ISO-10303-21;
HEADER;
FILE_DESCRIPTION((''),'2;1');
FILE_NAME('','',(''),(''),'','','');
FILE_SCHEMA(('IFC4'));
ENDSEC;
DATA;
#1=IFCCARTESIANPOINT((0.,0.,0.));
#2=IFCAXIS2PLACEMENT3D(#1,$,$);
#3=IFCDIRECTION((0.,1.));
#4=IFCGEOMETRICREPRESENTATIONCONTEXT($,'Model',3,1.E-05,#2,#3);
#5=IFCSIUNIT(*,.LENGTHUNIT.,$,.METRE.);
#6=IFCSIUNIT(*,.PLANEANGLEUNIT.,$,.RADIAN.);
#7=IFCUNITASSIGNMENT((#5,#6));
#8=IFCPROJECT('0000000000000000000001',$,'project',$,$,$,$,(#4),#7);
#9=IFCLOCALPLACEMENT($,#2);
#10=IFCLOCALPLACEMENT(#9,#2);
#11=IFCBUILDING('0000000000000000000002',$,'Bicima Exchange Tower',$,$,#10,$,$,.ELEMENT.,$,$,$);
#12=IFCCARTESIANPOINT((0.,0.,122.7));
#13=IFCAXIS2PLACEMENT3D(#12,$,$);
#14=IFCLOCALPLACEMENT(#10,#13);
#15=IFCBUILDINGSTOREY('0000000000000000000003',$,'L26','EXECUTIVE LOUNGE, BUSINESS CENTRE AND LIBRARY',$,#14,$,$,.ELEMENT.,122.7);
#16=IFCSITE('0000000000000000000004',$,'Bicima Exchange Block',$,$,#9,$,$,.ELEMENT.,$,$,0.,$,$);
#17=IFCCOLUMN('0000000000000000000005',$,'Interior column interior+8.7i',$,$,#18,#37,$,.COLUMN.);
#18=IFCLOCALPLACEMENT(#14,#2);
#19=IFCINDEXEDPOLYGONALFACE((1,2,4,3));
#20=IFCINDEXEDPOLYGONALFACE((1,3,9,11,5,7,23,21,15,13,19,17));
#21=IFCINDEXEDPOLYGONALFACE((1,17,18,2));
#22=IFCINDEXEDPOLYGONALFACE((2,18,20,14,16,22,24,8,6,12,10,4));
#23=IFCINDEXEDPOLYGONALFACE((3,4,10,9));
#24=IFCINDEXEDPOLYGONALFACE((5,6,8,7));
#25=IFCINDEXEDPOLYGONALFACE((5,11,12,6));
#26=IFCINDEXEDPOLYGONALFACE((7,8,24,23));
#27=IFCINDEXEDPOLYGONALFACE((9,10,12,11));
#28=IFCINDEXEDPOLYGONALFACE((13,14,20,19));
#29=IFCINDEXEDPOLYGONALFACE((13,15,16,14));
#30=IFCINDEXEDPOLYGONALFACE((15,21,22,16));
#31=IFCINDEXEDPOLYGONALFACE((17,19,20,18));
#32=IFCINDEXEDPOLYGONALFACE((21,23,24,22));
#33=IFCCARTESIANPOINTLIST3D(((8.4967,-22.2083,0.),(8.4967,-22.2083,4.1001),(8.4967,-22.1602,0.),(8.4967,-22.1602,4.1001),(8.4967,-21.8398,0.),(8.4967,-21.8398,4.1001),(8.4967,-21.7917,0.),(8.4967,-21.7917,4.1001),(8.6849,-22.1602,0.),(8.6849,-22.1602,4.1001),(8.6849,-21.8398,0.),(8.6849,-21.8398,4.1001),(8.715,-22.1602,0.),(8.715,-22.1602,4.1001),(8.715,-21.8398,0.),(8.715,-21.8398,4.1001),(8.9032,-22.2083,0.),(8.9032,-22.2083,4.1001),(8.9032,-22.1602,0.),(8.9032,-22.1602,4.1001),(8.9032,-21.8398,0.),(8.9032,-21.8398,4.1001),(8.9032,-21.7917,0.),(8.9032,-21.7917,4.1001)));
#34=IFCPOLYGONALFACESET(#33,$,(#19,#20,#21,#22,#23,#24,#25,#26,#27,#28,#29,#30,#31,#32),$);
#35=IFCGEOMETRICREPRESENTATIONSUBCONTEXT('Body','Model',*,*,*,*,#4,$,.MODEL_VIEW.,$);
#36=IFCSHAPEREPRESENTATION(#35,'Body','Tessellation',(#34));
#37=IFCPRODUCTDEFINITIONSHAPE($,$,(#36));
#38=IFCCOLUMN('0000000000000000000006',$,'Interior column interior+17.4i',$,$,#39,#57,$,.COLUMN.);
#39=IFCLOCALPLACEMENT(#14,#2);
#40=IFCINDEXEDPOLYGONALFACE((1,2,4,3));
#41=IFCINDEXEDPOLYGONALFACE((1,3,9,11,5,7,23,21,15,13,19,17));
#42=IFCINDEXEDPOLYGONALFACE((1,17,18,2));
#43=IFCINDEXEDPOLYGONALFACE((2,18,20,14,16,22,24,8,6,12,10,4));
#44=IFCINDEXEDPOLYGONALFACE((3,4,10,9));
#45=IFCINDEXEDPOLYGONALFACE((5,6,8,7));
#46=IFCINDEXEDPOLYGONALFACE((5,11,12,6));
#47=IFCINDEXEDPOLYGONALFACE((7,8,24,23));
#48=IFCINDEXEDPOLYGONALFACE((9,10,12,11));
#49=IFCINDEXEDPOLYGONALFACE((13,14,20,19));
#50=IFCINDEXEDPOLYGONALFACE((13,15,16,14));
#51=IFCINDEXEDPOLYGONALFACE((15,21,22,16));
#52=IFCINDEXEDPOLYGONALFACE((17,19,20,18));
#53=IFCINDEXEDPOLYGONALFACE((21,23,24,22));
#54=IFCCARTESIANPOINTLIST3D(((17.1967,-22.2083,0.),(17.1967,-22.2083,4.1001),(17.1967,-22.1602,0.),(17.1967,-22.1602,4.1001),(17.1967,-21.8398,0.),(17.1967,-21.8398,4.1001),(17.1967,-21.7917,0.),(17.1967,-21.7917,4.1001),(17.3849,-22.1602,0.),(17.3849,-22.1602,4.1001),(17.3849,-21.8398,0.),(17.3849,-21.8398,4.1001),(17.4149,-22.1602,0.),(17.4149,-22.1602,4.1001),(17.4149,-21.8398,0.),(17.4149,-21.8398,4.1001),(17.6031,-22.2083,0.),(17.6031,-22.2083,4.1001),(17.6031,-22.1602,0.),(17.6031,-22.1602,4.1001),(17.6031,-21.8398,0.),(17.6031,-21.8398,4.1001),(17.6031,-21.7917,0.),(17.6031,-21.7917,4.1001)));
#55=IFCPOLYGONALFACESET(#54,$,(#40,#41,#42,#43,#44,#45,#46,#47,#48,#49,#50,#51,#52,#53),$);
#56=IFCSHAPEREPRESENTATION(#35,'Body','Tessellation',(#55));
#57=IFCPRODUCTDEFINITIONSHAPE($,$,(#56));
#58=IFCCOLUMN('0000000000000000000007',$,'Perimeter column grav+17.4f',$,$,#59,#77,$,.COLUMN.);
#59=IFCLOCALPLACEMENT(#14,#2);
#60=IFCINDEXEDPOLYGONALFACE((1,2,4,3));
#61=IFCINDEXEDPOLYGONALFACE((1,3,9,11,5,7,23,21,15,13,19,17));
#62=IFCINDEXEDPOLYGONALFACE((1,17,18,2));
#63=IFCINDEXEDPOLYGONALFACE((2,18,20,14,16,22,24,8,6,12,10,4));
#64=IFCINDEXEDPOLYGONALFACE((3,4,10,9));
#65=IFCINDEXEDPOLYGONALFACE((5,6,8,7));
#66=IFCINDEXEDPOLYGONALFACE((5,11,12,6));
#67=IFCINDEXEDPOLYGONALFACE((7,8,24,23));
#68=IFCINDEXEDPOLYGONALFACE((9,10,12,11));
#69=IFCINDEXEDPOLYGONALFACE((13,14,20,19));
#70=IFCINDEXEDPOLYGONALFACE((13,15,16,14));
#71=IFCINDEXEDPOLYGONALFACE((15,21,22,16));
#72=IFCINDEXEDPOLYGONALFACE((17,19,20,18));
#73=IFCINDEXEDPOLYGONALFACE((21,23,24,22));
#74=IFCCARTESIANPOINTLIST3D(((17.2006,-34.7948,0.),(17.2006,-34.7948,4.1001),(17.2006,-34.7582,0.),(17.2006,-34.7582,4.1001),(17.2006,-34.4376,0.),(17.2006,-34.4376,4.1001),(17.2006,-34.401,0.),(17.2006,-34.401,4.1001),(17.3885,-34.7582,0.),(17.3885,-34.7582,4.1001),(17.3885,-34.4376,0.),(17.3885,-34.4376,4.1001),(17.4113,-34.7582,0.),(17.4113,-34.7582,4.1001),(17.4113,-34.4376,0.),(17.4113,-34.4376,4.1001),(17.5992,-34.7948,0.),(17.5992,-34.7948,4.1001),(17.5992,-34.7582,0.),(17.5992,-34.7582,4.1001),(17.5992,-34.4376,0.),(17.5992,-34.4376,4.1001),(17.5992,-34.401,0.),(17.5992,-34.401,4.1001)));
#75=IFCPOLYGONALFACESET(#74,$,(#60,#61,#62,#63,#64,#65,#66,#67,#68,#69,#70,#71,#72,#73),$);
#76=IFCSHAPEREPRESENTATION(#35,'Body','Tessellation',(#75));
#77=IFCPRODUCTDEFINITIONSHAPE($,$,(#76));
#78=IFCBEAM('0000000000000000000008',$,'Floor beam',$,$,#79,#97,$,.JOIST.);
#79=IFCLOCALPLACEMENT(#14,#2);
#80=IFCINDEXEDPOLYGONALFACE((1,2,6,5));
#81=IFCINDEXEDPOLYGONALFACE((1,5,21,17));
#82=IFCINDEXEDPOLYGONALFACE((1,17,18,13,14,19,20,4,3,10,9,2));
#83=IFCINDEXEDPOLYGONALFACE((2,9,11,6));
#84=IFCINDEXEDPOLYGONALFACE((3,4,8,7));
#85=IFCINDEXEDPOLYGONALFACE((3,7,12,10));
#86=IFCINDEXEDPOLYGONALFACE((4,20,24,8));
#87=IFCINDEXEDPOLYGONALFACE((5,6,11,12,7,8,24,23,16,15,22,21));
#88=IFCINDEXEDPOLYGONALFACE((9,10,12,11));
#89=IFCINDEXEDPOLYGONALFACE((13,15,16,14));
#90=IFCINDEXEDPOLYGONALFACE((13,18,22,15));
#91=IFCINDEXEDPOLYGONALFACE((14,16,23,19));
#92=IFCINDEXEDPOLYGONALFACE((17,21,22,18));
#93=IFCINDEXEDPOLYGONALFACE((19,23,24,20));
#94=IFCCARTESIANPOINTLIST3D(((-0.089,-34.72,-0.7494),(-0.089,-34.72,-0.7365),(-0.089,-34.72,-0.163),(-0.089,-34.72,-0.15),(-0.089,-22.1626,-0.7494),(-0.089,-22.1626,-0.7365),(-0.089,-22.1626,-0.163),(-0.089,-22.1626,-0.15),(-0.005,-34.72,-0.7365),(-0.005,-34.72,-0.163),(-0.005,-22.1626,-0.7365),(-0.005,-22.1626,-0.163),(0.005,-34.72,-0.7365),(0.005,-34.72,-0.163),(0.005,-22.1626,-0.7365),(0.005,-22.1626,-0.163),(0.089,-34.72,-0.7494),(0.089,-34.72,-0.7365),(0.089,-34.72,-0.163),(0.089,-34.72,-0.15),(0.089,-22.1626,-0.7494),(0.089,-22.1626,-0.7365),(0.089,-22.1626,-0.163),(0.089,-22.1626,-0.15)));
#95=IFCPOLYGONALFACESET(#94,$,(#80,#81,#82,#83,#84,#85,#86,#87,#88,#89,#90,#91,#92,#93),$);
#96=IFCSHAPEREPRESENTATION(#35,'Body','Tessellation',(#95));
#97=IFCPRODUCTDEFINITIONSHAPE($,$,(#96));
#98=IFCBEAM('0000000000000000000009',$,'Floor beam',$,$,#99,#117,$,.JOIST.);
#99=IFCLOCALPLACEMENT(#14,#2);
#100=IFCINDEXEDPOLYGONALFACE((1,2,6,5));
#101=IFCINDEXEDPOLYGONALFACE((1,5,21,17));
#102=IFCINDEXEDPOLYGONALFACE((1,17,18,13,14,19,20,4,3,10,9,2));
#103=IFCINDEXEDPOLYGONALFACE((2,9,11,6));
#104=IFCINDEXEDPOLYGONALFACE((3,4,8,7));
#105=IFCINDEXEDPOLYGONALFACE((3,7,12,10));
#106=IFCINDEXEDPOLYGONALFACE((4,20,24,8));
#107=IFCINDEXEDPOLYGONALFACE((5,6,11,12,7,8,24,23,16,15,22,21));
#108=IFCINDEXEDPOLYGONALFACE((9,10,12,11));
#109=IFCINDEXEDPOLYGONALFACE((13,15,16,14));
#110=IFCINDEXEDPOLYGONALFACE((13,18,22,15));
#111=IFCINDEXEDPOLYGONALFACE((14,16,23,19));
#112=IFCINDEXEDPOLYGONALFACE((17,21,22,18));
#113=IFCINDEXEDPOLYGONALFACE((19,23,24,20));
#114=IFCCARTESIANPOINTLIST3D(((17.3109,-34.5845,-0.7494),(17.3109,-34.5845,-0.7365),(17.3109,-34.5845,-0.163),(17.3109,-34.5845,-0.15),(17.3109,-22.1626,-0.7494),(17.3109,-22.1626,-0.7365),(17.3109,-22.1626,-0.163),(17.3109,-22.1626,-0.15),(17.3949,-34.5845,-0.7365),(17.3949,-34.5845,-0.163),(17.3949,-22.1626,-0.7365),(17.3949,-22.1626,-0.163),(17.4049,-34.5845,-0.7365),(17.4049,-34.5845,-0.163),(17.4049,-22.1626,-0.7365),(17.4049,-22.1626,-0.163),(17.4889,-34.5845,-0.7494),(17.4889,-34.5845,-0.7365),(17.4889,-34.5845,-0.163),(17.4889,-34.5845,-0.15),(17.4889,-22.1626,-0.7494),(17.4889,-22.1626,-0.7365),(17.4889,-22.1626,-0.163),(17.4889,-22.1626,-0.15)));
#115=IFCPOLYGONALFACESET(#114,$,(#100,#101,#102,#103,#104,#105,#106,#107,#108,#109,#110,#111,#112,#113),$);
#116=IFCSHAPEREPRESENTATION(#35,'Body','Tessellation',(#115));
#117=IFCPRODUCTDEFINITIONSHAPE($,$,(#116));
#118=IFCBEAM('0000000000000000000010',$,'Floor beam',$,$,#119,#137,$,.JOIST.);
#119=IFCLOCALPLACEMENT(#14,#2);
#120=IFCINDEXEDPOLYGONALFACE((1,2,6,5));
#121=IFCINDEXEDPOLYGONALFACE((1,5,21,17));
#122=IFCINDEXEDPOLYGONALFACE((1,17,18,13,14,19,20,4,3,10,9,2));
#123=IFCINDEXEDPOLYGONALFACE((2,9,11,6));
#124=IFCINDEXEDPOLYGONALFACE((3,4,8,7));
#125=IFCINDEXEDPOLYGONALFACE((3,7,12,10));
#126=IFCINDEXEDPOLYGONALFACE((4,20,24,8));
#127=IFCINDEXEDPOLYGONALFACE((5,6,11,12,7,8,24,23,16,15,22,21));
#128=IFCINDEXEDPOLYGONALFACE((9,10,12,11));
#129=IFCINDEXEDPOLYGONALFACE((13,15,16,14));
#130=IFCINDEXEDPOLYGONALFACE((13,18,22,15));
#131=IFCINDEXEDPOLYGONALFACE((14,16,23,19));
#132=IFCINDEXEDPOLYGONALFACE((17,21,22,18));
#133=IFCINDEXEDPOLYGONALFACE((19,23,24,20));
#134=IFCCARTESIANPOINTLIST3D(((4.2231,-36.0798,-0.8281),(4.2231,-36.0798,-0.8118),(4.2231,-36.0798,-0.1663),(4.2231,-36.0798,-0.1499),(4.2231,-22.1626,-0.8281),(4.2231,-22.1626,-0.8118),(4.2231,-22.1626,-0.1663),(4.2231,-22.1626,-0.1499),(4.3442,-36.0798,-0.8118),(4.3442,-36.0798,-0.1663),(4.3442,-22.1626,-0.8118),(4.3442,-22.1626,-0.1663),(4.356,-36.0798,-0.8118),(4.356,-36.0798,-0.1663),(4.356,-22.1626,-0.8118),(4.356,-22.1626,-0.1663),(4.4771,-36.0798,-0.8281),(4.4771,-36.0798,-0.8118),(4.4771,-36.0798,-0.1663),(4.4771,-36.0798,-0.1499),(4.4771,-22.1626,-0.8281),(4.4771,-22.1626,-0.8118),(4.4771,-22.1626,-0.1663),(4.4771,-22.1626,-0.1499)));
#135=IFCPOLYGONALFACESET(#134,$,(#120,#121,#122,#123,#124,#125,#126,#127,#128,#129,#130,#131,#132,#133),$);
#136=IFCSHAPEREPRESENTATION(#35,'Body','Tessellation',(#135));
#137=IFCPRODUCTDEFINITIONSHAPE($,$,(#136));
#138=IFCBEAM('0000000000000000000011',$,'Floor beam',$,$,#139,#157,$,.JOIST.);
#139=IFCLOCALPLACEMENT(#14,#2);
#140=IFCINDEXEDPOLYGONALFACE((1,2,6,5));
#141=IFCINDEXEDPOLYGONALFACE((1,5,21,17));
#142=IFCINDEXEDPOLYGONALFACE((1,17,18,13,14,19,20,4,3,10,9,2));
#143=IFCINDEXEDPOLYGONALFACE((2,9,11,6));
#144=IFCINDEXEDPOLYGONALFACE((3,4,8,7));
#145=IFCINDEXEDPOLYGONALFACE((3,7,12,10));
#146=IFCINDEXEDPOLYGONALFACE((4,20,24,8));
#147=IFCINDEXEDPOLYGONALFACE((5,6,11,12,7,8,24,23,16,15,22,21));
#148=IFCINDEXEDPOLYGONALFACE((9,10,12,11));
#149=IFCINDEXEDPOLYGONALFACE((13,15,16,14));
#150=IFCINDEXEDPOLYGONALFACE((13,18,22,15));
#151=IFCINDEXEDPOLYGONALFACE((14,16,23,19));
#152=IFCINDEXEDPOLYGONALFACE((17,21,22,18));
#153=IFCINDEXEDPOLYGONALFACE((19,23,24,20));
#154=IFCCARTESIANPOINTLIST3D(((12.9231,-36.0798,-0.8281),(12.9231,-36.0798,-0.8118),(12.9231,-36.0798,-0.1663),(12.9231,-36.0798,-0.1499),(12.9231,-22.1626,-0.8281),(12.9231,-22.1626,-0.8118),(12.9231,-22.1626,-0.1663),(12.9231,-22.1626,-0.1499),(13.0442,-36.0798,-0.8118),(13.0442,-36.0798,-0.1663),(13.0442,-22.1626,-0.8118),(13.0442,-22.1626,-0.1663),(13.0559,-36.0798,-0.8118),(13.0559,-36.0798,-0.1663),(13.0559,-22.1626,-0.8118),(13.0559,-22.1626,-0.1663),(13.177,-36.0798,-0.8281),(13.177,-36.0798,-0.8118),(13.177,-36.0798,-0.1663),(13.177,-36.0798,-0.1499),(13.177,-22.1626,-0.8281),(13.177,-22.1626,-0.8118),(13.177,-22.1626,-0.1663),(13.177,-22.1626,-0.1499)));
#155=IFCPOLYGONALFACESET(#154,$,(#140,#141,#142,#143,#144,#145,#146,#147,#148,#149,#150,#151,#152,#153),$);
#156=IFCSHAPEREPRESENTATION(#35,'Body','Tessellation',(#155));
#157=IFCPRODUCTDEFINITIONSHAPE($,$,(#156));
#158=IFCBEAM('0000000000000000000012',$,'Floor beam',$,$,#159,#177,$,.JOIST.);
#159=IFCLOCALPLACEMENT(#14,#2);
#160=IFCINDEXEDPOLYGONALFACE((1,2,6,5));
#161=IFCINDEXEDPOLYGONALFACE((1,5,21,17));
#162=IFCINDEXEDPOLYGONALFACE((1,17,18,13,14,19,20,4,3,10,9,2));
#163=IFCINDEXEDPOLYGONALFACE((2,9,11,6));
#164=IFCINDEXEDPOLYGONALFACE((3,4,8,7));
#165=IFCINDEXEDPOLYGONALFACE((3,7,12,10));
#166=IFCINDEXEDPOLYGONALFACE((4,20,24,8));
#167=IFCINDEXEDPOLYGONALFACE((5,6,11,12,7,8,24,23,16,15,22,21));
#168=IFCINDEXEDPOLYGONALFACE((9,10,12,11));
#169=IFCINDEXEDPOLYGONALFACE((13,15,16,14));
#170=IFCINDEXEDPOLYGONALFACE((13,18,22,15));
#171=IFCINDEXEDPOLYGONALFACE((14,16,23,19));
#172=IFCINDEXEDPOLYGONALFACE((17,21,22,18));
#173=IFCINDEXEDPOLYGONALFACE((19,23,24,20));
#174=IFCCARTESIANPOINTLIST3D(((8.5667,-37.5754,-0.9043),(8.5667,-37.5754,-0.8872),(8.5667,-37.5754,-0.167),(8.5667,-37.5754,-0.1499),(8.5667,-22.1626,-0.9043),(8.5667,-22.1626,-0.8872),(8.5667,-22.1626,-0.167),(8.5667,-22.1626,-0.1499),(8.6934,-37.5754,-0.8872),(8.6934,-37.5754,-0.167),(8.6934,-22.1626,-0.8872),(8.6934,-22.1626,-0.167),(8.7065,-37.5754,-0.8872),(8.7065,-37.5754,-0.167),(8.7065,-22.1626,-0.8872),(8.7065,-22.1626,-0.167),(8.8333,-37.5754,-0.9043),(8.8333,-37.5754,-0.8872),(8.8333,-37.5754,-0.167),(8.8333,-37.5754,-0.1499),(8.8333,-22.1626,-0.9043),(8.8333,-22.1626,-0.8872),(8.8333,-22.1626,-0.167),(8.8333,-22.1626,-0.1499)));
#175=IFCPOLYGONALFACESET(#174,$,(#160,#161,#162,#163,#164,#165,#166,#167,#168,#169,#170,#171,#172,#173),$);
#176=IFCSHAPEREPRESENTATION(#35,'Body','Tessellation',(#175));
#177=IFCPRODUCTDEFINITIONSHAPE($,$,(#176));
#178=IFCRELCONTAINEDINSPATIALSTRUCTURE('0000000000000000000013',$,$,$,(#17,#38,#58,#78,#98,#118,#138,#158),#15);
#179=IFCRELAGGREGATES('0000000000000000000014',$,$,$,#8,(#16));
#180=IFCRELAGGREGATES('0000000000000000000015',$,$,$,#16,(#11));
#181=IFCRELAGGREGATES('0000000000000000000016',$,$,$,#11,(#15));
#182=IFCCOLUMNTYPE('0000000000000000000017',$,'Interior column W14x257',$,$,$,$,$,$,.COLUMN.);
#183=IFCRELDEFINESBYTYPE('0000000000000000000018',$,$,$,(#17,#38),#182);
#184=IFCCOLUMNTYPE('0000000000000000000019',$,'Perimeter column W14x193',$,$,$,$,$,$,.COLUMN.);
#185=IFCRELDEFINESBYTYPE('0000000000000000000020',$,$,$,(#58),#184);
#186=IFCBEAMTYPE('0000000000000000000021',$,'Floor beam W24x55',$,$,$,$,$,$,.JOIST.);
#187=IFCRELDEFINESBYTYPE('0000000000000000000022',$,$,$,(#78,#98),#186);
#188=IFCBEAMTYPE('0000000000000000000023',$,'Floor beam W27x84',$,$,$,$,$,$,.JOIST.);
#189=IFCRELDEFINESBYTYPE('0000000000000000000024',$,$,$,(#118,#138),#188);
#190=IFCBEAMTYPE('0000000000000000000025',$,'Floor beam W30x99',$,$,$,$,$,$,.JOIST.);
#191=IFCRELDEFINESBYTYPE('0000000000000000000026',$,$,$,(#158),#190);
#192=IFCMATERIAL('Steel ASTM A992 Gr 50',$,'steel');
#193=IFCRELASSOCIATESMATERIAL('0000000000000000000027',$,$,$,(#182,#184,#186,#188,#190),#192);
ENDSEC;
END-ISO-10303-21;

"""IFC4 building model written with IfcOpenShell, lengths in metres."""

from ifc_helpers import new_model, si_unit, direction, frame, origin, origin_2d, place, context, subcontext, project, spatial, i_section, extrude, material, material_profile, profile_set, type_object, element, save


model = new_model("IFC4")

# Units and contexts
model_context = context("Model", 3, precision=1e-05, world=origin(), true_north=direction((0.0, 1.0)))
body_context = subcontext(model_context, "Body", "Model", "MODEL_VIEW")
ifc_project = project(units=[si_unit("LENGTHUNIT", "METRE"), si_unit("PLANEANGLEUNIT", "RADIAN")], contexts=[model_context])

# Site, building, storey
site_placement = place(None, origin())
site = spatial("IfcSite", under=ifc_project, at=site_placement, Name="Bicima Exchange Block", CompositionType="ELEMENT", RefElevation=0.0)
building_placement = place(site_placement, origin())
building = spatial("IfcBuilding", under=site, at=building_placement, Name="Bicima Exchange Tower", CompositionType="ELEMENT")
storey_placement = place(building_placement, frame((0.0, 0.0, 122.7)))
storey = spatial("IfcBuildingStorey", under=building, at=storey_placement, Name="L26", Description="EXECUTIVE LOUNGE, BUSINESS CENTRE AND LIBRARY", CompositionType="ELEMENT", Elevation=122.7)

# Columns
ifc_material_1 = material(Name="Steel ASTM A992 Gr 50", Category="steel")
ifc_material_profile_1 = material_profile(ifc_material_1, i_section(OverallWidth=0.4065, OverallDepth=0.4165, WebThickness=0.03, FlangeThickness=0.0481, at=origin_2d()))
ifc_profile_set_1 = profile_set([ifc_material_profile_1], Name="Steel ASTM A992 Gr 50")
column_type_1 = type_object("IfcColumnType", Name="Interior column W14x257", PredefinedType="COLUMN", material=ifc_profile_set_1)
for number, where, z_axis, x_axis, name in (
    (1, (8.7, -22.0, 0.0), (0.0, 0.0, 1.0), (1.0, 0.0, 0.0), "Interior column interior+8.7i"),
    (2, (17.3999, -22.0, 0.0), (0.0, 0.0, 1.0), (1.0, 0.0, 0.0), "Interior column interior+17.4i"),
):
    element("IfcColumn", number, at=place(storey_placement, frame(where, z_axis=z_axis, x_axis=x_axis)), inside=storey, type_object=column_type_1, Name=name, PredefinedType="COLUMN", context=body_context, shape_type="SweptSolid", body=[
        extrude(i_section(OverallWidth=0.4065, OverallDepth=0.4165, WebThickness=0.03, FlangeThickness=0.0481, at=origin_2d()), origin(), (0.0, 0.0, 1.0), 4.1001),
    ])
ifc_material_profile_2 = material_profile(ifc_material_1, i_section(OverallWidth=0.3987, OverallDepth=0.3938, WebThickness=0.0227, FlangeThickness=0.0366, at=origin_2d()))
ifc_profile_set_2 = profile_set([ifc_material_profile_2], Name="Steel ASTM A992 Gr 50")
column_type_2 = type_object("IfcColumnType", Name="Perimeter column W14x193", PredefinedType="COLUMN", material=ifc_profile_set_2)
column_placement = place(storey_placement, frame((17.3999, -34.5979, 0.0), z_axis=(0.0, 0.0, 1.0), x_axis=(1.0, 0.0, 0.0)))
element("IfcColumn", 3, at=column_placement, inside=storey, type_object=column_type_2, Name="Perimeter column grav+17.4f", PredefinedType="COLUMN", context=body_context, shape_type="SweptSolid", body=[
    extrude(i_section(OverallWidth=0.3987, OverallDepth=0.3938, WebThickness=0.0227, FlangeThickness=0.0366, at=origin_2d()), origin(), (0.0, 0.0, 1.0), 4.1001),
])

# Beams
ifc_material_profile_3 = material_profile(ifc_material_1, i_section(OverallWidth=0.178, OverallDepth=0.5994, WebThickness=0.01, FlangeThickness=0.0129, at=origin_2d()))
ifc_profile_set_3 = profile_set([ifc_material_profile_3], Name="Steel ASTM A992 Gr 50")
beam_type_1 = type_object("IfcBeamType", Name="Floor beam W24x55", PredefinedType="JOIST", material=ifc_profile_set_3)
beam_1_placement = place(storey_placement, frame((0.0, -22.1626, -0.4497), z_axis=(0.0, -1.0, 0.0), x_axis=(1.0, 0.0, 0.0)))
element("IfcBeam", 4, at=beam_1_placement, inside=storey, type_object=beam_type_1, Name="Floor beam", PredefinedType="JOIST", context=body_context, shape_type="SweptSolid", body=[
    extrude(i_section(OverallWidth=0.178, OverallDepth=0.5994, WebThickness=0.01, FlangeThickness=0.0129, at=origin_2d()), origin(), (0.0, 0.0, 1.0), 12.5574),
])
beam_2_placement = place(storey_placement, frame((17.3999, -22.1626, -0.4497), z_axis=(0.0, -1.0, 0.0), x_axis=(1.0, 0.0, 0.0)))
element("IfcBeam", 5, at=beam_2_placement, inside=storey, type_object=beam_type_1, Name="Floor beam", PredefinedType="JOIST", context=body_context, shape_type="SweptSolid", body=[
    extrude(i_section(OverallWidth=0.178, OverallDepth=0.5994, WebThickness=0.01, FlangeThickness=0.0129, at=origin_2d()), origin(), (0.0, 0.0, 1.0), 12.4219),
])
ifc_material_profile_4 = material_profile(ifc_material_1, i_section(OverallWidth=0.2539, OverallDepth=0.6782, WebThickness=0.0117, FlangeThickness=0.0164, at=origin_2d()))
ifc_profile_set_4 = profile_set([ifc_material_profile_4], Name="Steel ASTM A992 Gr 50")
beam_type_2 = type_object("IfcBeamType", Name="Floor beam W27x84", PredefinedType="JOIST", material=ifc_profile_set_4)
for number, where, z_axis, x_axis, name in (
    (6, (4.3501, -22.1626, -0.489), (0.0, -1.0, 0.0), (1.0, 0.0, 0.0), "Floor beam"),
    (7, (13.05, -22.1626, -0.489), (0.0, -1.0, 0.0), (1.0, 0.0, 0.0), "Floor beam"),
):
    element("IfcBeam", number, at=place(storey_placement, frame(where, z_axis=z_axis, x_axis=x_axis)), inside=storey, type_object=beam_type_2, Name=name, PredefinedType="JOIST", context=body_context, shape_type="SweptSolid", body=[
        extrude(i_section(OverallWidth=0.2539, OverallDepth=0.6782, WebThickness=0.0117, FlangeThickness=0.0164, at=origin_2d()), origin(), (0.0, 0.0, 1.0), 13.9172),
    ])
ifc_material_profile_5 = material_profile(ifc_material_1, i_section(OverallWidth=0.2666, OverallDepth=0.7544, WebThickness=0.0132, FlangeThickness=0.0171, at=origin_2d()))
ifc_profile_set_5 = profile_set([ifc_material_profile_5], Name="Steel ASTM A992 Gr 50")
beam_type_3 = type_object("IfcBeamType", Name="Floor beam W30x99", PredefinedType="JOIST", material=ifc_profile_set_5)
beam_3_placement = place(storey_placement, frame((8.7, -22.1626, -0.5271), z_axis=(0.0, -1.0, 0.0), x_axis=(1.0, 0.0, 0.0)))
element("IfcBeam", 8, at=beam_3_placement, inside=storey, type_object=beam_type_3, Name="Floor beam", PredefinedType="JOIST", context=body_context, shape_type="SweptSolid", body=[
    extrude(i_section(OverallWidth=0.2666, OverallDepth=0.7544, WebThickness=0.0132, FlangeThickness=0.0171, at=origin_2d()), origin(), (0.0, 0.0, 1.0), 15.4128),
])

save(model, "model.ifc")
